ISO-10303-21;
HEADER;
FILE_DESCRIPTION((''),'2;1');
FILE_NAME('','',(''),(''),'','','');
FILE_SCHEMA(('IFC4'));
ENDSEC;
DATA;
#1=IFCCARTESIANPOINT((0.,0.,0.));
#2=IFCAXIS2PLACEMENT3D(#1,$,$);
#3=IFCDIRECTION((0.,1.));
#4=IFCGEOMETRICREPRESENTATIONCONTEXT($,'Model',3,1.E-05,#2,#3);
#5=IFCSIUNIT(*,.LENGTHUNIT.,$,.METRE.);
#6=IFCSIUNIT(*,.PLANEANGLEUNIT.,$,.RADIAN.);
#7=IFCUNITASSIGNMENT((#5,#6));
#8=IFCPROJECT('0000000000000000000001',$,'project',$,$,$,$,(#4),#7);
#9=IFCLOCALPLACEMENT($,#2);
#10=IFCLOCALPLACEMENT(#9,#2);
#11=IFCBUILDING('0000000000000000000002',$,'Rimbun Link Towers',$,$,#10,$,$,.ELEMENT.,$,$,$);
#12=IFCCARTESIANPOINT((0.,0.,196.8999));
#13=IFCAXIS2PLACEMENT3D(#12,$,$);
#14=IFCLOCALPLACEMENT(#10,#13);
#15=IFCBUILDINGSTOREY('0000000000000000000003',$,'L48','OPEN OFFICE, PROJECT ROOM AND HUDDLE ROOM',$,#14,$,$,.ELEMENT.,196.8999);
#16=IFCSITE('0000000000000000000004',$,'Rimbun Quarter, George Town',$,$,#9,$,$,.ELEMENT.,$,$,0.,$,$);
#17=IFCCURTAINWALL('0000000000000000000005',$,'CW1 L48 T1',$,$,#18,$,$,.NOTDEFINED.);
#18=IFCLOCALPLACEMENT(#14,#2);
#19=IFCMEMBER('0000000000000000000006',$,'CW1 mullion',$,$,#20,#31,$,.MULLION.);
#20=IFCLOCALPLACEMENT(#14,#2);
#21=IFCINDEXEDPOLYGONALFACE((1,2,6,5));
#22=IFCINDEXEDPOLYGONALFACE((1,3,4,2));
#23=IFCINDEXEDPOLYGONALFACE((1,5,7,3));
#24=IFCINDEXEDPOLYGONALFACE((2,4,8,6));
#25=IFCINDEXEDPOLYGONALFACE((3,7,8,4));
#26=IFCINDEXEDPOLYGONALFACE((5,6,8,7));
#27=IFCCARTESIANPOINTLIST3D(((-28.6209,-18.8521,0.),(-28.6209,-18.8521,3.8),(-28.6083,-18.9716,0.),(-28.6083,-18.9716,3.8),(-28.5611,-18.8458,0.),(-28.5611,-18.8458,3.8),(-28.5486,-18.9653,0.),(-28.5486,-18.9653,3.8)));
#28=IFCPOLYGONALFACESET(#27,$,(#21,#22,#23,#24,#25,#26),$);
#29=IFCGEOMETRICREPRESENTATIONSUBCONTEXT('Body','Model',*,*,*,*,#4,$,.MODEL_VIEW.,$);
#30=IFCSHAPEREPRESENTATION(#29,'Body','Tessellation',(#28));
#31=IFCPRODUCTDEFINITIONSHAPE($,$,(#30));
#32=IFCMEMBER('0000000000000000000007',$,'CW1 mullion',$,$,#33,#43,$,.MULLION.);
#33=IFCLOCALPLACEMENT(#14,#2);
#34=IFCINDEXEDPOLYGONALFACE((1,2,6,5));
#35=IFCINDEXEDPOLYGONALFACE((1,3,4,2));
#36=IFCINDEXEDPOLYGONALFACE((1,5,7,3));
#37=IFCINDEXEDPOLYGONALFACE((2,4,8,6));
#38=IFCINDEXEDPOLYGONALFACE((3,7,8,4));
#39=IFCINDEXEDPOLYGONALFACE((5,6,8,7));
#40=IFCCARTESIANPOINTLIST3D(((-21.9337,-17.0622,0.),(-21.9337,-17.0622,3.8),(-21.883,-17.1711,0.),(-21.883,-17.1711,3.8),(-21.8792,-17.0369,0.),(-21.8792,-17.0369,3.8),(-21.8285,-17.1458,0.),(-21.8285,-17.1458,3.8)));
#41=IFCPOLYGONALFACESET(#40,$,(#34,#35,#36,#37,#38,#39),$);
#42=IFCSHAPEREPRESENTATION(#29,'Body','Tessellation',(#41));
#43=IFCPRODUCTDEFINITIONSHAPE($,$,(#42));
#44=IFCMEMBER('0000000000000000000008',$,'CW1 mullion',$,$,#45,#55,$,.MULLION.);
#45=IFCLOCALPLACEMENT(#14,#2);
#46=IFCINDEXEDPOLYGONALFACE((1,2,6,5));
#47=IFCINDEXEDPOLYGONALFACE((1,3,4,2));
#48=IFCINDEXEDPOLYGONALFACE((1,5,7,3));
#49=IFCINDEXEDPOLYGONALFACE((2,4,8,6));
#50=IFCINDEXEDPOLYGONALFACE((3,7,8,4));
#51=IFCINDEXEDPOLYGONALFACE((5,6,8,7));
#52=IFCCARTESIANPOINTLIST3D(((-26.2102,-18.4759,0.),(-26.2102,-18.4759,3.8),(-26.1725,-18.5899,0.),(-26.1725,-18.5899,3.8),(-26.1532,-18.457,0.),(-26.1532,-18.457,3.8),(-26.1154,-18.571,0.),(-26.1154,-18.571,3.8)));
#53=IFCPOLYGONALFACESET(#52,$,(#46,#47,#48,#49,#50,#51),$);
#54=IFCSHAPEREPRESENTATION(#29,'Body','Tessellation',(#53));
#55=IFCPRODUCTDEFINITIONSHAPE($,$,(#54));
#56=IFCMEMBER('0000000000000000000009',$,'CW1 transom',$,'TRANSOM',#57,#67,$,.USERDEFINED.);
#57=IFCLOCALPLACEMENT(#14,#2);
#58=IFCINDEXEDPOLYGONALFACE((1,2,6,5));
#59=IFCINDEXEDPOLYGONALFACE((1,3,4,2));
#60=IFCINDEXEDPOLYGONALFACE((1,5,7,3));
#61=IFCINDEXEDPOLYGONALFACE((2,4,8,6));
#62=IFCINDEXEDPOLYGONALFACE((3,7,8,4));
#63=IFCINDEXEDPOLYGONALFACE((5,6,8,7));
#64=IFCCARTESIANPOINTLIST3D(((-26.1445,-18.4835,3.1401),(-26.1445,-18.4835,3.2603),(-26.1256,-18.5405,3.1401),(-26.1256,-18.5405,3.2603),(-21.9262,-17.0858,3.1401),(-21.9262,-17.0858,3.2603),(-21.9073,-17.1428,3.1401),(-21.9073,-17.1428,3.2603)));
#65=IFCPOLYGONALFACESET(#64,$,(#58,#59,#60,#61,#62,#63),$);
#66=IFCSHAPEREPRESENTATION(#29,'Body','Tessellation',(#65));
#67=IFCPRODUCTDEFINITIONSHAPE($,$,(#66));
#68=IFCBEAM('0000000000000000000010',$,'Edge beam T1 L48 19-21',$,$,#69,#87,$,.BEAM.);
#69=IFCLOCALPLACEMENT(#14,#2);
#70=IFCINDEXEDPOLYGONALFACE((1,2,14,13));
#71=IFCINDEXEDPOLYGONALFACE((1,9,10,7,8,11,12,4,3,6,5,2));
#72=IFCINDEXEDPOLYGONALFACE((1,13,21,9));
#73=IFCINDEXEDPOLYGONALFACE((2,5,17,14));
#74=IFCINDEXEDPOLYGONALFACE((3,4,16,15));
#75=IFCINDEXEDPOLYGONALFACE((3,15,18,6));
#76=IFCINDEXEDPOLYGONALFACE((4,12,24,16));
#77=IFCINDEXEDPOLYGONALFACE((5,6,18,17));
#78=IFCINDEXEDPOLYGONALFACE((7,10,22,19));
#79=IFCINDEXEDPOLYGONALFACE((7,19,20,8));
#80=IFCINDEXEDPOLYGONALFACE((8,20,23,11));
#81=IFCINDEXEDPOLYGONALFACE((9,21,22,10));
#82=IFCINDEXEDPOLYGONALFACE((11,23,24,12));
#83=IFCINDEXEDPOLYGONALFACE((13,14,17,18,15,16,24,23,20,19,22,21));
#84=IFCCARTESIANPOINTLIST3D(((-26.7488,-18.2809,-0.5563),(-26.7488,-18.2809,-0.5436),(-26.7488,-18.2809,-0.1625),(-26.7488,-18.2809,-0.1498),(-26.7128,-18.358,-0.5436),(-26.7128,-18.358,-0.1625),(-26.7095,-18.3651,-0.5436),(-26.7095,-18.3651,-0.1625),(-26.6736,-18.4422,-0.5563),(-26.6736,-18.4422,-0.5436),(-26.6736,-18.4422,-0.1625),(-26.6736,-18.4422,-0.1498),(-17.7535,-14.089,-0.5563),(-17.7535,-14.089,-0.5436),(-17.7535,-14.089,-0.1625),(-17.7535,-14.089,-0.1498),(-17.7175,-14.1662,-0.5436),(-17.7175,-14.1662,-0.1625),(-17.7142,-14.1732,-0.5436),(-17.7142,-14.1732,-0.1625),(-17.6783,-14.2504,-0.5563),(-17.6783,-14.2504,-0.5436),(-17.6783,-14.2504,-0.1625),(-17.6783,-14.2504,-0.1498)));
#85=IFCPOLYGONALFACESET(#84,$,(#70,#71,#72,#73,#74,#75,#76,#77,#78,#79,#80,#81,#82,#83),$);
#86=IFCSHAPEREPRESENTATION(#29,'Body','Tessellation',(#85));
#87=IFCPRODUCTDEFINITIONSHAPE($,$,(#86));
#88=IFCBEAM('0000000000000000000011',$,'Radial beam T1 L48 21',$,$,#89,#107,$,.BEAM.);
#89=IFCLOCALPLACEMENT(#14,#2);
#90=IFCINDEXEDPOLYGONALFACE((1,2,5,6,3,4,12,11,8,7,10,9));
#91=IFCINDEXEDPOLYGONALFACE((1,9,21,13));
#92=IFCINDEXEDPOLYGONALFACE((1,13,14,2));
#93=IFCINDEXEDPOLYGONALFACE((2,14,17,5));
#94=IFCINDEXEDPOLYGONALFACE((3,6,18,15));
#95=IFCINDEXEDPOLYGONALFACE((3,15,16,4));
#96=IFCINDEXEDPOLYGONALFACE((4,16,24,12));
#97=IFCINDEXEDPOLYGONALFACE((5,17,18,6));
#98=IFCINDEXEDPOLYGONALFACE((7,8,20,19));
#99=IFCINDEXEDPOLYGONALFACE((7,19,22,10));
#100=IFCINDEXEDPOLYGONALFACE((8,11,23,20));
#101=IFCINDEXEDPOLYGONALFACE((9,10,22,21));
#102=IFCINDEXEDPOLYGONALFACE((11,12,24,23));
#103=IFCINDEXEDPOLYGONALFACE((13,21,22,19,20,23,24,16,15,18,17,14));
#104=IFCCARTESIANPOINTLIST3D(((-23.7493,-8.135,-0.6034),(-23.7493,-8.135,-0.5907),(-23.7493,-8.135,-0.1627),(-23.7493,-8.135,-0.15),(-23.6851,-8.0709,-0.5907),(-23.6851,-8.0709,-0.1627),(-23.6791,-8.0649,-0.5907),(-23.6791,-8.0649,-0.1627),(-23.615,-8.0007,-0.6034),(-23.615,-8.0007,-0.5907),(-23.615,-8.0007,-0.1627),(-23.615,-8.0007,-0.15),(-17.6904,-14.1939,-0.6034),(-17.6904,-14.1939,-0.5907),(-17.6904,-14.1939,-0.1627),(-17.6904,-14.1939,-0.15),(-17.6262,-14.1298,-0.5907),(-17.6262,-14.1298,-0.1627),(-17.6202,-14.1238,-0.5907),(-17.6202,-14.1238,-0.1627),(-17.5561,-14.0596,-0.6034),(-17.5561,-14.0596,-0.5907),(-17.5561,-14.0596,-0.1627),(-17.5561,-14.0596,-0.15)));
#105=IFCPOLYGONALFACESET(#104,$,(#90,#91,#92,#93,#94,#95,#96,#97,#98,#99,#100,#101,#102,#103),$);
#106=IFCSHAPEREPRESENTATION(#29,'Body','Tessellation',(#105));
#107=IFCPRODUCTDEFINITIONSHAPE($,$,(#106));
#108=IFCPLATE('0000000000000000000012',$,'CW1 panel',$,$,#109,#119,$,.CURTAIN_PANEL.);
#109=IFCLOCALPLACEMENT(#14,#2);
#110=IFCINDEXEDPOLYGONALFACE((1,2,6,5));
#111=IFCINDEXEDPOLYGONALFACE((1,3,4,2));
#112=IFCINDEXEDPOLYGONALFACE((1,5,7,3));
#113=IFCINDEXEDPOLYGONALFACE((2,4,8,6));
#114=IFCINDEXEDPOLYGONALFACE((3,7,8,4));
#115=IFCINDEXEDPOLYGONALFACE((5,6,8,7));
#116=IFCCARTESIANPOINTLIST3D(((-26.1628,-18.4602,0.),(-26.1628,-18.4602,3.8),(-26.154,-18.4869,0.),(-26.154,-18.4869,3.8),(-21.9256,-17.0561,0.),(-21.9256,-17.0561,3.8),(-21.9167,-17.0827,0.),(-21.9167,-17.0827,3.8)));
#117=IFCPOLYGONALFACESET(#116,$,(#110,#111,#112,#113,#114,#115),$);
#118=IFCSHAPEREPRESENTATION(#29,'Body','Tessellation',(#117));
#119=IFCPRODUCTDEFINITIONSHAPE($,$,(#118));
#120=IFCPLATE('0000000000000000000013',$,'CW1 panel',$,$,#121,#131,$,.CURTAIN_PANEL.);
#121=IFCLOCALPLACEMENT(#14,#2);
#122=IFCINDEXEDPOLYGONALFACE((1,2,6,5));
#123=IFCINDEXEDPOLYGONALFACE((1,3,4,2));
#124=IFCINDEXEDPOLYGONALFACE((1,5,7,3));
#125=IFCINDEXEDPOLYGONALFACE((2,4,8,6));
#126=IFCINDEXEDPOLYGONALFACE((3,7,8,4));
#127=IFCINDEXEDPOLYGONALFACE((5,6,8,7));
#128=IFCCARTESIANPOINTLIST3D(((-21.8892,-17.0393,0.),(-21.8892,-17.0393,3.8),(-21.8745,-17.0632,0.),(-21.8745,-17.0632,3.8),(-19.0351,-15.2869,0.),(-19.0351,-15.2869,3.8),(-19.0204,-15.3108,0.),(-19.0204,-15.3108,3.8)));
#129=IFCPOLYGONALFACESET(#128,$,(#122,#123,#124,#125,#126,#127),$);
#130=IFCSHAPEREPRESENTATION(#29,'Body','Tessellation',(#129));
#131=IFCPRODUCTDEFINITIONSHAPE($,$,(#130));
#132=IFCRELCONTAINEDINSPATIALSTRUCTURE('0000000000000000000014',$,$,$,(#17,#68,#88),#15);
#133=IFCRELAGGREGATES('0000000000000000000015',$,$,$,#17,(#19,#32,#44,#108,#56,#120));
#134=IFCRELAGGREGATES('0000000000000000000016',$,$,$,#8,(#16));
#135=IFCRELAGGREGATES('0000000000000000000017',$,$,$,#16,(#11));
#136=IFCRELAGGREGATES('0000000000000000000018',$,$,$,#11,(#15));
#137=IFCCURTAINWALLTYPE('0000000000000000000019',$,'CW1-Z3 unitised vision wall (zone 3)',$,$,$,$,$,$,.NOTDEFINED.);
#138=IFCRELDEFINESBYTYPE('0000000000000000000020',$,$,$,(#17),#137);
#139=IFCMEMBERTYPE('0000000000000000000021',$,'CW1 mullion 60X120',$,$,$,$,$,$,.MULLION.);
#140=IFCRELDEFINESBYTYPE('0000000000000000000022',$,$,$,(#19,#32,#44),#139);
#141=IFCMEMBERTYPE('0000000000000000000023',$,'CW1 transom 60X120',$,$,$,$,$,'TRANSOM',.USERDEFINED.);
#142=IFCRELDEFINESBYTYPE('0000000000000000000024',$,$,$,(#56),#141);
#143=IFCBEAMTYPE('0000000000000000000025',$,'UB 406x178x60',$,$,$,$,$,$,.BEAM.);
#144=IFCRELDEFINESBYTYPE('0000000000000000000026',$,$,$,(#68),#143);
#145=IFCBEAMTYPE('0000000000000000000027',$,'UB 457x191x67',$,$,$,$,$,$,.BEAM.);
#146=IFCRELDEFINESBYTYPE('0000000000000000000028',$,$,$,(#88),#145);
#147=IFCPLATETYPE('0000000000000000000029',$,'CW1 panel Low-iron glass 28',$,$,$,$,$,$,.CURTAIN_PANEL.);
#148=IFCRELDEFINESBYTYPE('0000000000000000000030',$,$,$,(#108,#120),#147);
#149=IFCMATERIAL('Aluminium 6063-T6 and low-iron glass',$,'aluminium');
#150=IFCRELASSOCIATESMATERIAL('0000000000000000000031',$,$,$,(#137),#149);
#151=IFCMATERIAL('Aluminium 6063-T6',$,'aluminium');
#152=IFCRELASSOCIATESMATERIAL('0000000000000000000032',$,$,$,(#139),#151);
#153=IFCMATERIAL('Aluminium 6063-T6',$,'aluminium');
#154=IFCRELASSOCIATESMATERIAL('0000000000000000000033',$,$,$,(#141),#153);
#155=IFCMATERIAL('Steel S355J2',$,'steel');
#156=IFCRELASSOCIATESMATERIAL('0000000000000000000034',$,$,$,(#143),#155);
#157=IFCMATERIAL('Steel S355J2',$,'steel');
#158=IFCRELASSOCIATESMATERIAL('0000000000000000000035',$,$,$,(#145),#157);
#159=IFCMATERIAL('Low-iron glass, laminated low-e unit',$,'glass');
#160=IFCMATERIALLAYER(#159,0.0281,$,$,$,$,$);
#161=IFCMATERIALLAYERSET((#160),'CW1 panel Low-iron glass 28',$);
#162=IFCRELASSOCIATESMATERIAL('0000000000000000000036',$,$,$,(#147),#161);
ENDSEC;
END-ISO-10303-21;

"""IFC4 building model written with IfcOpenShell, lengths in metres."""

from ifc_helpers import new_model, si_unit, direction, frame, origin, origin_2d, place, context, subcontext, project, spatial, rectangle, i_section, extrude, material, layer, layer_set, material_profile, profile_set, type_object, element, aggregate, save


model = new_model("IFC4")

# Units and contexts
model_context = context("Model", 3, precision=1e-05, world=origin(), true_north=direction((0.0, 1.0)))
body_context = subcontext(model_context, "Body", "Model", "MODEL_VIEW")
ifc_project = project(units=[si_unit("LENGTHUNIT", "METRE"), si_unit("PLANEANGLEUNIT", "RADIAN")], contexts=[model_context])

# Site, building, storey
site_placement = place(None, origin())
site = spatial("IfcSite", under=ifc_project, at=site_placement, Name="Rimbun Quarter, George Town", CompositionType="ELEMENT", RefElevation=0.0)
building_placement = place(site_placement, origin())
building = spatial("IfcBuilding", under=site, at=building_placement, Name="Rimbun Link Towers", CompositionType="ELEMENT")
storey_placement = place(building_placement, frame((0.0, 0.0, 196.8999)))
storey = spatial("IfcBuildingStorey", under=building, at=storey_placement, Name="L48", Description="OPEN OFFICE, PROJECT ROOM AND HUDDLE ROOM", CompositionType="ELEMENT", Elevation=196.8999)

# Curtain wall, members
ifc_material_1 = material(Name="Aluminium 6063-T6 and low-iron glass", Category="aluminium")
curtain_wall_type = type_object("IfcCurtainWallType", Name="CW1-Z3 unitised vision wall (zone 3)", PredefinedType="NOTDEFINED", material=ifc_material_1)
curtain_wall_placement = place(storey_placement, origin())
curtain_wall = element("IfcCurtainWall", 1, at=curtain_wall_placement, inside=storey, type_object=curtain_wall_type, Name="CW1 L48 T1", PredefinedType="NOTDEFINED")
ifc_material_2 = material(Name="Aluminium 6063-T6", Category="aluminium")
ifc_material_profile_1 = material_profile(ifc_material_2, rectangle(XDim=0.1201, YDim=0.0601, at=origin_2d()), Name="MULLION 60X120")
ifc_profile_set_1 = profile_set([ifc_material_profile_1], Name="Aluminium 6063-T6")
member_type_1 = type_object("IfcMemberType", Name="CW1 mullion 60X120", PredefinedType="MULLION", material=ifc_profile_set_1)
member_1_placement = place(storey_placement, frame((-28.5847, -18.9087, 0.0), z_axis=(0.0, 0.0, 1.0), x_axis=(0.104748, -0.994499, 0.0)))
member_1 = element("IfcMember", 2, at=member_1_placement, type_object=member_type_1, Name="CW1 mullion", PredefinedType="MULLION", context=body_context, shape_type="SweptSolid", body=[
    extrude(rectangle(XDim=0.1201, YDim=0.0601, at=origin_2d()), origin(), (0.0, 0.0, 1.0), 3.8),
])
member_2_placement = place(storey_placement, frame((-21.8811, -17.104, 0.0), z_axis=(0.0, 0.0, 1.0), x_axis=(0.421695, -0.906738, 0.0)))
member_2 = element("IfcMember", 3, at=member_2_placement, type_object=member_type_1, Name="CW1 mullion", PredefinedType="MULLION", context=body_context, shape_type="SweptSolid", body=[
    extrude(rectangle(XDim=0.1201, YDim=0.0601, at=origin_2d()), origin(), (0.0, 0.0, 1.0), 3.8),
])
member_3_placement = place(storey_placement, frame((-26.1628, -18.5234, 0.0), z_axis=(0.0, 0.0, 1.0), x_axis=(0.314558, -0.949238, 0.0)))
member_3 = element("IfcMember", 4, at=member_3_placement, type_object=member_type_1, Name="CW1 mullion", PredefinedType="MULLION", context=body_context, shape_type="SweptSolid", body=[
    extrude(rectangle(XDim=0.1201, YDim=0.0601, at=origin_2d()), origin(), (0.0, 0.0, 1.0), 3.8),
])
ifc_material_3 = material(Name="Aluminium 6063-T6", Category="aluminium")
ifc_material_profile_2 = material_profile(ifc_material_3, rectangle(XDim=0.0601, YDim=0.1201, at=origin_2d()), Name="TRANSOM 60X120")
ifc_profile_set_2 = profile_set([ifc_material_profile_2], Name="Aluminium 6063-T6")
member_type_2 = type_object("IfcMemberType", Name="CW1 transom 60X120", ElementType="TRANSOM", PredefinedType="USERDEFINED", material=ifc_profile_set_2)
member_4_placement = place(storey_placement, frame((-21.9167, -17.1143, 3.2002), z_axis=(-0.949248, -0.31453, 0.0), x_axis=(0.31453, -0.949248, 0.0)))
member_4 = element("IfcMember", 5, at=member_4_placement, type_object=member_type_2, Name="CW1 transom", ObjectType="TRANSOM", PredefinedType="USERDEFINED", context=body_context, shape_type="SweptSolid", body=[
    extrude(rectangle(XDim=0.0601, YDim=0.1201, at=origin_2d()), origin(), (0.0, 0.0, 1.0), 4.4438),
])

# Beams
ifc_material_4 = material(Name="Steel S355J2", Category="steel")
ifc_material_profile_3 = material_profile(ifc_material_4, i_section(OverallWidth=0.178, OverallDepth=0.4065, WebThickness=0.0078, FlangeThickness=0.0127, at=origin_2d()), Name="UB 406x178x60")
ifc_profile_set_3 = profile_set([ifc_material_profile_3], Name="Steel S355J2")
beam_type_1 = type_object("IfcBeamType", Name="UB 406x178x60", PredefinedType="BEAM", material=ifc_profile_set_3)
beam_1_placement = place(storey_placement, frame((-26.7112, -18.3616, -0.353), z_axis=(0.906412, 0.422394, 0.0), x_axis=(-0.422394, 0.906412, 0.0)))
element("IfcBeam", 6, at=beam_1_placement, inside=storey, type_object=beam_type_1, Name="Edge beam T1 L48 19-21", PredefinedType="BEAM", context=body_context, shape_type="SweptSolid", body=[
    extrude(i_section(OverallWidth=0.178, OverallDepth=0.4065, WebThickness=0.0078, FlangeThickness=0.0127, at=origin_2d()), origin(), (0.0, 0.0, 1.0), 9.9241),
])
ifc_material_5 = material(Name="Steel S355J2", Category="steel")
ifc_material_profile_4 = material_profile(ifc_material_5, i_section(OverallWidth=0.1899, OverallDepth=0.4534, WebThickness=0.0085, FlangeThickness=0.0127, at=origin_2d()), Name="UB 457x191x67")
ifc_profile_set_4 = profile_set([ifc_material_profile_4], Name="Steel S355J2")
beam_type_2 = type_object("IfcBeamType", Name="UB 457x191x67", PredefinedType="BEAM", material=ifc_profile_set_4)
beam_2_placement = place(storey_placement, frame((-23.6821, -8.0679, -0.3767), z_axis=(0.707107, -0.707107, 0.0), x_axis=(0.707107, 0.707107, 0.0)))
element("IfcBeam", 7, at=beam_2_placement, inside=storey, type_object=beam_type_2, Name="Radial beam T1 L48 21", PredefinedType="BEAM", context=body_context, shape_type="SweptSolid", body=[
    extrude(i_section(OverallWidth=0.1899, OverallDepth=0.4534, WebThickness=0.0085, FlangeThickness=0.0127, at=origin_2d()), origin(), (0.0, 0.0, 1.0), 8.5686),
])

# Plates
ifc_material_6 = material(Name="Low-iron glass, laminated low-e unit", Category="glass")
ifc_layer_1 = layer(ifc_material_6, 0.0281)
ifc_layer_set_1 = layer_set([ifc_layer_1], Name="CW1 panel Low-iron glass 28")
plate_type = type_object("IfcPlateType", Name="CW1 panel Low-iron glass 28", PredefinedType="CURTAIN_PANEL", material=ifc_layer_set_1)
plate_1_placement = place(storey_placement, frame((-24.0398, -17.7715, 0.0), z_axis=(0.0, 0.0, 1.0), x_axis=(-0.949238, -0.314558, 0.0)))
plate_1 = element("IfcPlate", 8, at=plate_1_placement, type_object=plate_type, Name="CW1 panel", PredefinedType="CURTAIN_PANEL", context=body_context, shape_type="SweptSolid", body=[
    extrude(rectangle(XDim=4.4639, YDim=0.0281, at=origin_2d()), origin(), (0.0, 0.0, 1.0), 3.8),
])
plate_2_placement = place(storey_placement, frame((-20.4548, -16.175, 0.0), z_axis=(0.0, 0.0, 1.0), x_axis=(-0.852192, -0.523229, 0.0)))
plate_2 = element("IfcPlate", 9, at=plate_2_placement, type_object=plate_type, Name="CW1 panel", PredefinedType="CURTAIN_PANEL", context=body_context, shape_type="SweptSolid", body=[
    extrude(rectangle(XDim=3.3491, YDim=0.0281, at=origin_2d()), origin(), (0.0, 0.0, 1.0), 3.8),
])
aggregate(curtain_wall, [member_1, member_2, member_3, plate_1, member_4, plate_2])

save(model, "model.ifc")
